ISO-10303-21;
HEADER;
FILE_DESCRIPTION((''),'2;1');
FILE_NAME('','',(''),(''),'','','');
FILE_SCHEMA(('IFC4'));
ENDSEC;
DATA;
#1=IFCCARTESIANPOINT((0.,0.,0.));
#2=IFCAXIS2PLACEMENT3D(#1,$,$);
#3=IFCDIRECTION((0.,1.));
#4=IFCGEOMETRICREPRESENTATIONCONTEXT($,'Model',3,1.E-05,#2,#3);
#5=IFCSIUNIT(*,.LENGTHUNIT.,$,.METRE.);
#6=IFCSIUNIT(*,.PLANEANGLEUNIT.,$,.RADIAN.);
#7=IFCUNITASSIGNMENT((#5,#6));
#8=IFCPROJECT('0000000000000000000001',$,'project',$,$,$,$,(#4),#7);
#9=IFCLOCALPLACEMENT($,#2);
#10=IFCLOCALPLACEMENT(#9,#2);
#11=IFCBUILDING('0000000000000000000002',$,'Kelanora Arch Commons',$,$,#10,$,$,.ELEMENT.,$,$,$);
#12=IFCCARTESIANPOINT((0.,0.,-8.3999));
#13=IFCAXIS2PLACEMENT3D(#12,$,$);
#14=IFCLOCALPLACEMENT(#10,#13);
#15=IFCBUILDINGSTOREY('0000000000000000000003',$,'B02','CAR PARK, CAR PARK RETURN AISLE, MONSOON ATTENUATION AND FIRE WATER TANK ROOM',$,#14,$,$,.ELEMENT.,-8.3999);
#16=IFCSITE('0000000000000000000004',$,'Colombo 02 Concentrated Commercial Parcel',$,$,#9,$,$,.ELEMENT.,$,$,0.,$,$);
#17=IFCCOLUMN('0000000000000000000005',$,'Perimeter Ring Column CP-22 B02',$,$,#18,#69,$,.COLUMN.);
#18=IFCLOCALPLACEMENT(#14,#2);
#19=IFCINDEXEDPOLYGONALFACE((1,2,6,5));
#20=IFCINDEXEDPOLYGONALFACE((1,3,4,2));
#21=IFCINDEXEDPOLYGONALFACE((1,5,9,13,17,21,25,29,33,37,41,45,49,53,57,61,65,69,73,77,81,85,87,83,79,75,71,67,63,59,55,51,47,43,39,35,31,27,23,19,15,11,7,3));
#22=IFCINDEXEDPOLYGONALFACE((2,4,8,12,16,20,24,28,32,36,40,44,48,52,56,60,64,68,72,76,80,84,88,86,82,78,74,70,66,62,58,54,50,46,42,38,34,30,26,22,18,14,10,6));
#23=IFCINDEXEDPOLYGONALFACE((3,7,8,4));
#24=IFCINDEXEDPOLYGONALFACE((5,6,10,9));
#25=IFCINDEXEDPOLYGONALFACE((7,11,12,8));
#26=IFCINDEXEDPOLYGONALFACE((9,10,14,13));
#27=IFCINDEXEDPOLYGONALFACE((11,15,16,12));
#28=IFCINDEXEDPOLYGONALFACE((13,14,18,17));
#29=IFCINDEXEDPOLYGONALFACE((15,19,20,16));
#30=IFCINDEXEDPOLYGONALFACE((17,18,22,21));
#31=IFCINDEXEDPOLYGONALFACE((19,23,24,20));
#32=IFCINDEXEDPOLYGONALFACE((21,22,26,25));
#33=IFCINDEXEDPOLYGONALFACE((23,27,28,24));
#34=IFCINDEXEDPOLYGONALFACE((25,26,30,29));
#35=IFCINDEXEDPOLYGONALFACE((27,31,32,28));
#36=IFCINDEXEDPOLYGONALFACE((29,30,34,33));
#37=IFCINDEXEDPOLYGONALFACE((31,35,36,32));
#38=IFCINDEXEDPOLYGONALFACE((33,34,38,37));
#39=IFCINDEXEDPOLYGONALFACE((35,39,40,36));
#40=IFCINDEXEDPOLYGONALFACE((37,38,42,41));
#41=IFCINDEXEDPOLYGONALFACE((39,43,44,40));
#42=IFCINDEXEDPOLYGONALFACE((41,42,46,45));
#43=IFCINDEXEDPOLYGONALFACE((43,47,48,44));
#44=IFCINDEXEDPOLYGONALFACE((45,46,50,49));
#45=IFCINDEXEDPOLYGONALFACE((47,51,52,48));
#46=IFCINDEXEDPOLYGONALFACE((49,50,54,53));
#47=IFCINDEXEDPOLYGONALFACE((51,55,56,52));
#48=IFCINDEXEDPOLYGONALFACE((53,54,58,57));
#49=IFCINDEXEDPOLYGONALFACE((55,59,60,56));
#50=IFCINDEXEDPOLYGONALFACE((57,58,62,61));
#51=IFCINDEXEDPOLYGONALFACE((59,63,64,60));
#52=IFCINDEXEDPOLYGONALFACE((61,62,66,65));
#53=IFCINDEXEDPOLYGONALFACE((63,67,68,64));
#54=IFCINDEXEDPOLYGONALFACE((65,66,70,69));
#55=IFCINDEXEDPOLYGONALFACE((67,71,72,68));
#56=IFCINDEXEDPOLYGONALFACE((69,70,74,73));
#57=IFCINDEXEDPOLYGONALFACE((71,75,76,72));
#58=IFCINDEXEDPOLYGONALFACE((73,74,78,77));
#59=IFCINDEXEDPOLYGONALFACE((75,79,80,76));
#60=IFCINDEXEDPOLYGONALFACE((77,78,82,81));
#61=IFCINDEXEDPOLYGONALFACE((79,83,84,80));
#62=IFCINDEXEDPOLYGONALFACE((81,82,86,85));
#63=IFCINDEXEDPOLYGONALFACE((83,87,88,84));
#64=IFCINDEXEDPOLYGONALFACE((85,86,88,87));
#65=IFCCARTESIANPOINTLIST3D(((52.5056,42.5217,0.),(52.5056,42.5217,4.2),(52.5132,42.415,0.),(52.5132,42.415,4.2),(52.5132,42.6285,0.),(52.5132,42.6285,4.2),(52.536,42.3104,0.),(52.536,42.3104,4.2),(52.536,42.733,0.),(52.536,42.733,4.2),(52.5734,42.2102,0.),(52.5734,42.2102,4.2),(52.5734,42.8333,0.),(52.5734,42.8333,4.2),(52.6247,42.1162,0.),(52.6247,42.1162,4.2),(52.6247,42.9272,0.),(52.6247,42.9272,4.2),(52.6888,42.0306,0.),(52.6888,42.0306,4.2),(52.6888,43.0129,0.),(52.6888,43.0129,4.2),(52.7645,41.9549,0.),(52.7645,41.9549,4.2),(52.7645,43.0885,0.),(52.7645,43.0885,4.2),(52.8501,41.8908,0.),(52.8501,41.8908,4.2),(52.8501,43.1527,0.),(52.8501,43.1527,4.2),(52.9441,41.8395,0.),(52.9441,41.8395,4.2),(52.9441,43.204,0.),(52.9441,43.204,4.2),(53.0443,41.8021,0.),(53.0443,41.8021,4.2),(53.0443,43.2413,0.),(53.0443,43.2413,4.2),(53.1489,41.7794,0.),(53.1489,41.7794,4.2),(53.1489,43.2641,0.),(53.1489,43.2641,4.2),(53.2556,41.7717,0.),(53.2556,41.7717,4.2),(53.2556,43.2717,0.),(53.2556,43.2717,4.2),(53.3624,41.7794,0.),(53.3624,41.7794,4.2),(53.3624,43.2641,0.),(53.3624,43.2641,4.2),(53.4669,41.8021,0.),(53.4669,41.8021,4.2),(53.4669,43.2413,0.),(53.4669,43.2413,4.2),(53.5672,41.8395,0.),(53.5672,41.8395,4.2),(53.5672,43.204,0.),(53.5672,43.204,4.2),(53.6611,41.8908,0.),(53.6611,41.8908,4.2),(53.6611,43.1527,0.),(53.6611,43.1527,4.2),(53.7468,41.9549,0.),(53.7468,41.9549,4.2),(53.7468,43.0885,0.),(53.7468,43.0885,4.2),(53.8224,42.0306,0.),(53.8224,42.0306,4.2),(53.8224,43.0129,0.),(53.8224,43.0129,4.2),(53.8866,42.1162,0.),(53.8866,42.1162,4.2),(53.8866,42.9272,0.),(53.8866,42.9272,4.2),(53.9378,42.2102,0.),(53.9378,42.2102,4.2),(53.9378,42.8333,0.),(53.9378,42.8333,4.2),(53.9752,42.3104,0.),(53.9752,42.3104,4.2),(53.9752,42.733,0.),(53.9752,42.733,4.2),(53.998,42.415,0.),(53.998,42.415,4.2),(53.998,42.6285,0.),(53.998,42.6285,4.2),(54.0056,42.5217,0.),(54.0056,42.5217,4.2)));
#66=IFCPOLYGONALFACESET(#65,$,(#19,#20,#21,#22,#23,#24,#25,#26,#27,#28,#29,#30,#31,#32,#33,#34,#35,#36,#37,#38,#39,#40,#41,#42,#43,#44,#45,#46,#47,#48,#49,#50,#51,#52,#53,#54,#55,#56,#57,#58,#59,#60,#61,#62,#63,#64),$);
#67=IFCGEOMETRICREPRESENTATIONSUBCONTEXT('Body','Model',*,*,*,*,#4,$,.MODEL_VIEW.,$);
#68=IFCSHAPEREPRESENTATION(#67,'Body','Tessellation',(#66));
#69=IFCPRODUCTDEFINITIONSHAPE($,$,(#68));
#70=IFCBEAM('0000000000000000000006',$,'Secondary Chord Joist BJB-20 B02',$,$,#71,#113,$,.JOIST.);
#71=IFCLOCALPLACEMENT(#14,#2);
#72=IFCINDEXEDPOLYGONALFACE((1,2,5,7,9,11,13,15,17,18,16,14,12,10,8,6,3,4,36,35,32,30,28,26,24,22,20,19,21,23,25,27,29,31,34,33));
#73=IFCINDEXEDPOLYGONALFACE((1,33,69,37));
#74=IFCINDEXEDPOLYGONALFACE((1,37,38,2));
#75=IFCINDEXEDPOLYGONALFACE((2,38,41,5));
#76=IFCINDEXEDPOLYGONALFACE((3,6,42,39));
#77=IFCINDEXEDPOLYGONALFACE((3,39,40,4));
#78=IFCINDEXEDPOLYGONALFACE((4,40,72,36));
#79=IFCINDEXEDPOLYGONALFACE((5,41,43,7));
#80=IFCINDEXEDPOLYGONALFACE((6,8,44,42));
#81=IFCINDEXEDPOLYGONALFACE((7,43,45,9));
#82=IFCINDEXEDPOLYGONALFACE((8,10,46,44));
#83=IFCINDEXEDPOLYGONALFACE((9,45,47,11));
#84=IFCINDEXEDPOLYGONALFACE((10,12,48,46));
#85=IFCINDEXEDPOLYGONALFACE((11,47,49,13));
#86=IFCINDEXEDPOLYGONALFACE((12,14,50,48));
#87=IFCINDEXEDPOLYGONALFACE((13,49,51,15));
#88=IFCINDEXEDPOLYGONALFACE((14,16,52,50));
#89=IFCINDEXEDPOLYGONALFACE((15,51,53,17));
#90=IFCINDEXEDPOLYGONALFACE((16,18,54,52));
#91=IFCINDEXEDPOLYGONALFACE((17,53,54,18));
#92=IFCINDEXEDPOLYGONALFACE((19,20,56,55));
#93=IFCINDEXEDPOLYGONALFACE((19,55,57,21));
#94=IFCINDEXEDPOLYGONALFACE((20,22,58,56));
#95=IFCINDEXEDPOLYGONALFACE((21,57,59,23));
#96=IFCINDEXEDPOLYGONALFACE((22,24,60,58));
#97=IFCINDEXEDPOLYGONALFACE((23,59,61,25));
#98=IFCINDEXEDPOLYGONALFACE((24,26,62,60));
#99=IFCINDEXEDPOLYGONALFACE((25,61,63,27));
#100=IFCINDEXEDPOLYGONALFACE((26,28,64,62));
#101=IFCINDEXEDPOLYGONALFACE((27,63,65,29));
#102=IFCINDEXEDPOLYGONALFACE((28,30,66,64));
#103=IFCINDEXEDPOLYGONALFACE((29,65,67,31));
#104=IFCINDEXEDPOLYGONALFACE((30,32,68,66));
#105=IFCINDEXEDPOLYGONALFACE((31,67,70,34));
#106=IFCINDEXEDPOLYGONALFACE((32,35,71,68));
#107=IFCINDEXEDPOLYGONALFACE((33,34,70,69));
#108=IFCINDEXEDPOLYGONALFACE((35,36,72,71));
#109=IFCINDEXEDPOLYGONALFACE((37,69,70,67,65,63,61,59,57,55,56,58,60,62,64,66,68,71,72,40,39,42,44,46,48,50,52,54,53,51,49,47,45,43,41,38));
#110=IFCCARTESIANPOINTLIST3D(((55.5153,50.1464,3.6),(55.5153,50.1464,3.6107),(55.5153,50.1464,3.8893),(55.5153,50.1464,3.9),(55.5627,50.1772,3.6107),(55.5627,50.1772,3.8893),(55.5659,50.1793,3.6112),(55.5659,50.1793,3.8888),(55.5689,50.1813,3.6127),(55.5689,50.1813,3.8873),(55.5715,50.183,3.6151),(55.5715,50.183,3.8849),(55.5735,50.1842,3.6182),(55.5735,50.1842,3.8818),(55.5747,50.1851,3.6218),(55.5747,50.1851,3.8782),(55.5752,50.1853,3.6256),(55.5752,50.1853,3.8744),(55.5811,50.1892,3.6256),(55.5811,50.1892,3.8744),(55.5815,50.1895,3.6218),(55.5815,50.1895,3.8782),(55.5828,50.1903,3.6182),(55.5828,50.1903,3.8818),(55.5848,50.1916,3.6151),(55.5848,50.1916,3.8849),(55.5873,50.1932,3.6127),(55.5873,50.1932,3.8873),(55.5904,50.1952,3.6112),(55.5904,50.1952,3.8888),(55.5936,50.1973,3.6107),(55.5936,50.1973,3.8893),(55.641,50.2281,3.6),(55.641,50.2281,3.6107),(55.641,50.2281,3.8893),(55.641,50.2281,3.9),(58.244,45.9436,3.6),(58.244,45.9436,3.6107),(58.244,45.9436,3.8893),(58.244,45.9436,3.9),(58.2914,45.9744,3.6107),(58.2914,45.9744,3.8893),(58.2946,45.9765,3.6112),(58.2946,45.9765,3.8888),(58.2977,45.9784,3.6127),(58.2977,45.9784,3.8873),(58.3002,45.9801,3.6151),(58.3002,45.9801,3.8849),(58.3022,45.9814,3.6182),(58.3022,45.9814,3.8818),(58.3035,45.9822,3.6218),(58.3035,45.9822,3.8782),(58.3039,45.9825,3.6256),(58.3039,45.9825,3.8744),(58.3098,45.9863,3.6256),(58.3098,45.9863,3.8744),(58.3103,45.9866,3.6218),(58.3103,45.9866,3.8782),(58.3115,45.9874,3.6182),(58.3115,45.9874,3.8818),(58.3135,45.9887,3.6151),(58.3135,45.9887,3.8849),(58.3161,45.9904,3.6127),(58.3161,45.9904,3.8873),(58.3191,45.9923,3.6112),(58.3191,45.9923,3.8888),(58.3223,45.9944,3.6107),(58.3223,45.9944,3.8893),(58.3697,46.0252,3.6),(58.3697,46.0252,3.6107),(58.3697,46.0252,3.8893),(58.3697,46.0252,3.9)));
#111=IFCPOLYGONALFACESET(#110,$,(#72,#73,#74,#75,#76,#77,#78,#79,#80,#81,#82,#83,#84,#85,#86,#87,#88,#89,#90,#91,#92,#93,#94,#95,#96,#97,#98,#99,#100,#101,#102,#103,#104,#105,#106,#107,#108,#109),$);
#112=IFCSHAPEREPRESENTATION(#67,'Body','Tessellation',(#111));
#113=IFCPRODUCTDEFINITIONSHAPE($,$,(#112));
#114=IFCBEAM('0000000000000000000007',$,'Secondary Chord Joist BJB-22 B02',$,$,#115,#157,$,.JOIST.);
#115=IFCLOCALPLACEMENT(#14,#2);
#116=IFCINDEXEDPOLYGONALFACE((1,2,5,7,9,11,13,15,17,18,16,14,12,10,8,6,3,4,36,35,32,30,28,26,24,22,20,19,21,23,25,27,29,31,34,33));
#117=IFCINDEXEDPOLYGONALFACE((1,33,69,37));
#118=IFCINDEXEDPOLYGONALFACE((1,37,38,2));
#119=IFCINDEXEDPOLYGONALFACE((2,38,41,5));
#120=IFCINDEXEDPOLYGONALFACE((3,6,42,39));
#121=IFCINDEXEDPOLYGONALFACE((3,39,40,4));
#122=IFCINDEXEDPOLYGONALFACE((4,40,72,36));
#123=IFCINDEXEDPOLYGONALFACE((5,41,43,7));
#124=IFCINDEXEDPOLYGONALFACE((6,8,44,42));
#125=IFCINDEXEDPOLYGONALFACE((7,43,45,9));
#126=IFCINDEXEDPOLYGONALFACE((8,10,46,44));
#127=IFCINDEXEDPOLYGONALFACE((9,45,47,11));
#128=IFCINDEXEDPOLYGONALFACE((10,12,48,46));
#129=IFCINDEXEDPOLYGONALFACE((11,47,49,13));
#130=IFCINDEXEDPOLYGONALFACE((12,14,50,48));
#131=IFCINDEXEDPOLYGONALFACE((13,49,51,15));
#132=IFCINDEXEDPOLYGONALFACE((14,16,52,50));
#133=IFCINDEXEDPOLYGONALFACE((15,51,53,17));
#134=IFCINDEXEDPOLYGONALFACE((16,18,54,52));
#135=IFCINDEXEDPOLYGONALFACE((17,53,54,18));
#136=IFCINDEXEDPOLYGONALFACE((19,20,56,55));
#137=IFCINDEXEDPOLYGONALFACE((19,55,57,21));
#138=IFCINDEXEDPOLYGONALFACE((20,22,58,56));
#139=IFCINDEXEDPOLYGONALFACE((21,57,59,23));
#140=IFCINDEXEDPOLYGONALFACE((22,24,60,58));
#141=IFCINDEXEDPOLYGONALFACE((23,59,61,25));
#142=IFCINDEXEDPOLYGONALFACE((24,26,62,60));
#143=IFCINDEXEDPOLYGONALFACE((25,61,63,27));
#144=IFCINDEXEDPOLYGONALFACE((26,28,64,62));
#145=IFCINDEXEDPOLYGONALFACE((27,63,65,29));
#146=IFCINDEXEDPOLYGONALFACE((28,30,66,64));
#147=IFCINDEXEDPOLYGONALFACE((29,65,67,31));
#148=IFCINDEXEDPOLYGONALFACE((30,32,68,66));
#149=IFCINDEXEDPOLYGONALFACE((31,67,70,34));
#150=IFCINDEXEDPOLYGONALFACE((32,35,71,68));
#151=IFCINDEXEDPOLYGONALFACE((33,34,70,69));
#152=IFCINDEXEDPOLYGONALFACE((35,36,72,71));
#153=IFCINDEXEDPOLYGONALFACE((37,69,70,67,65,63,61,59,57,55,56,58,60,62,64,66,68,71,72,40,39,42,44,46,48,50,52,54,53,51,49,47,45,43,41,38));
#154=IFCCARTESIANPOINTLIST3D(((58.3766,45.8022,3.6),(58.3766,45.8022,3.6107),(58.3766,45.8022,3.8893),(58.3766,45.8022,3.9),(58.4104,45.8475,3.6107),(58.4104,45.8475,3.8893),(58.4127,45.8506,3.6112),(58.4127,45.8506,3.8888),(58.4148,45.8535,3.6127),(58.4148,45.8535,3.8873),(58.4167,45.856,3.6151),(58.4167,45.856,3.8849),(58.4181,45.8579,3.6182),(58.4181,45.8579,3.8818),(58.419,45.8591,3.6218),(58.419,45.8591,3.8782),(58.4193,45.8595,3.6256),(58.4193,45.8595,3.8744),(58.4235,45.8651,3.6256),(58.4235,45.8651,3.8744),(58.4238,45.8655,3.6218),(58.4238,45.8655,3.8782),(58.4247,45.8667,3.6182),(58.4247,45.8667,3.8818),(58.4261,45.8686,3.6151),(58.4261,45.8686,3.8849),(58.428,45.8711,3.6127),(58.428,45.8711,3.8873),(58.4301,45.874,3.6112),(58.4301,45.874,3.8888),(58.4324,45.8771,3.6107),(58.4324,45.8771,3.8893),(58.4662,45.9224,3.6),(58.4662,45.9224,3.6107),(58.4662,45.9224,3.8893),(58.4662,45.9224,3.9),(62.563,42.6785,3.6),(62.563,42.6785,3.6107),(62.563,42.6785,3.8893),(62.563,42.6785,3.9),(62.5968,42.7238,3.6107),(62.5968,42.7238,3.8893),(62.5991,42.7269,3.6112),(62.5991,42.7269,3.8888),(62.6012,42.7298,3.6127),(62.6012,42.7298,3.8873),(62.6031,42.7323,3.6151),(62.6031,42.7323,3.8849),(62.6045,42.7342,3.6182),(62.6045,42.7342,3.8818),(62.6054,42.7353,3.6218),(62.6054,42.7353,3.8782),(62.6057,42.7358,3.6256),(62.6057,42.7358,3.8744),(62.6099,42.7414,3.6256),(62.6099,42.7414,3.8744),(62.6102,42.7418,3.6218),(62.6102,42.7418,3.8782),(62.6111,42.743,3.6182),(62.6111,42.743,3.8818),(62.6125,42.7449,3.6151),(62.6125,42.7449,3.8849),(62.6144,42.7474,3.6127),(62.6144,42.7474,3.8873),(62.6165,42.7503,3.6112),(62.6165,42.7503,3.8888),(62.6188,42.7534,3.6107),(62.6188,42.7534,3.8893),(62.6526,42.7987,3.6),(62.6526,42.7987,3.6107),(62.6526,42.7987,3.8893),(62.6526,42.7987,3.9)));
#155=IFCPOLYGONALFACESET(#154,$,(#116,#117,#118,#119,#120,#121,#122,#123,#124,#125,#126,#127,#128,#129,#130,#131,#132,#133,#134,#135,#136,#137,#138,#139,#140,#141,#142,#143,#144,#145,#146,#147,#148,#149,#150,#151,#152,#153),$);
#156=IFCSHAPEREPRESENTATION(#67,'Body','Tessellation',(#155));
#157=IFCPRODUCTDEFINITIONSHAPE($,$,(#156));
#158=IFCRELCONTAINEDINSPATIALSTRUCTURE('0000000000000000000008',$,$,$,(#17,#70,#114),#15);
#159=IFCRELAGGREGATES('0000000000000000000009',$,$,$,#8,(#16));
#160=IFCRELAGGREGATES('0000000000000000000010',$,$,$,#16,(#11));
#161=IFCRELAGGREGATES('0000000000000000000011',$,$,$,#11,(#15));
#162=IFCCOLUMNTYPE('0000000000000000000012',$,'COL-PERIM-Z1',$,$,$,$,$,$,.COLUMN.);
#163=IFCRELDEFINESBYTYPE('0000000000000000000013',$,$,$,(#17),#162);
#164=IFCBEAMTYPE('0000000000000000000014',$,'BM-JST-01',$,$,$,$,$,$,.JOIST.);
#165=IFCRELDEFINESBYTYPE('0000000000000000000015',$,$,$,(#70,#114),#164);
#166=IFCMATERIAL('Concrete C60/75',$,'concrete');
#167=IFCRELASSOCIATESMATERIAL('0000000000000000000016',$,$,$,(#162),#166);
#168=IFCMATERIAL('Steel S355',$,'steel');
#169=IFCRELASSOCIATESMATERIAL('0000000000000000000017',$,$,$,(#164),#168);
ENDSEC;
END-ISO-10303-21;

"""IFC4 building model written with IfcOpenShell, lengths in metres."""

from ifc_helpers import new_model, si_unit, direction, frame, origin, origin_2d, place, context, subcontext, project, spatial, circle, i_section, extrude, material, material_profile, profile_set, type_object, element, save


model = new_model("IFC4")

# Units and contexts
model_context = context("Model", 3, precision=1e-05, world=origin(), true_north=direction((0.0, 1.0)))
body_context = subcontext(model_context, "Body", "Model", "MODEL_VIEW")
ifc_project = project(units=[si_unit("LENGTHUNIT", "METRE"), si_unit("PLANEANGLEUNIT", "RADIAN")], contexts=[model_context])

# Site, building, storey
site_placement = place(None, origin())
site = spatial("IfcSite", under=ifc_project, at=site_placement, Name="Colombo 02 Concentrated Commercial Parcel", CompositionType="ELEMENT", RefElevation=0.0)
building_placement = place(site_placement, origin())
building = spatial("IfcBuilding", under=site, at=building_placement, Name="Kelanora Arch Commons", CompositionType="ELEMENT")
storey_placement = place(building_placement, frame((0.0, 0.0, -8.3999)))
storey = spatial("IfcBuildingStorey", under=building, at=storey_placement, Name="B02", Description="CAR PARK, CAR PARK RETURN AISLE, MONSOON ATTENUATION AND FIRE WATER TANK ROOM", CompositionType="ELEMENT", Elevation=-8.3999)

# Column
ifc_material_1 = material(Name="Concrete C60/75", Category="concrete")
ifc_material_profile_1 = material_profile(ifc_material_1, circle(Radius=0.75, at=origin_2d()), Name="RCC1500")
ifc_profile_set_1 = profile_set([ifc_material_profile_1], Name="Concrete C60/75")
column_type = type_object("IfcColumnType", Name="COL-PERIM-Z1", PredefinedType="COLUMN", material=ifc_profile_set_1)
for number, where, z_axis, x_axis, name in (
    (1, (53.2556, 42.5217, 0.0), (0.0, 0.0, 1.0), (1.0, 0.0, 0.0), "Perimeter Ring Column CP-22 B02"),
):
    element("IfcColumn", number, at=place(storey_placement, frame(where, z_axis=z_axis, x_axis=x_axis)), inside=storey, type_object=column_type, Name=name, PredefinedType="COLUMN", context=body_context, shape_type="SweptSolid", body=[
        extrude(circle(Radius=0.75, at=origin_2d()), origin(), (0.0, 0.0, 1.0), 4.2),
    ])

# Beams
ifc_material_2 = material(Name="Steel S355", Category="steel")
ifc_material_profile_2 = material_profile(ifc_material_2, i_section(OverallWidth=0.1499, OverallDepth=0.3, WebThickness=0.0071, FlangeThickness=0.0107, FilletRadius=0.0149, at=origin_2d()), Name="IPE300")
ifc_profile_set_2 = profile_set([ifc_material_profile_2], Name="Steel S355")
beam_type_1 = type_object("IfcBeamType", Name="BM-JST-01", PredefinedType="JOIST", material=ifc_profile_set_2)
beam_1_placement = place(storey_placement, frame((55.5781, 50.1873, 3.75), z_axis=(0.544552, -0.838727, 0.0), x_axis=(0.838727, 0.544552, 0.0)))
element("IfcBeam", 2, at=beam_1_placement, inside=storey, type_object=beam_type_1, Name="Secondary Chord Joist BJB-20 B02", PredefinedType="JOIST", context=body_context, shape_type="SweptSolid", body=[
    extrude(i_section(OverallWidth=0.1499, OverallDepth=0.3, WebThickness=0.0071, FlangeThickness=0.0107, FilletRadius=0.0149, at=origin_2d()), origin(), (0.0, 0.0, 1.0), 5.011),
])
beam_2_placement = place(storey_placement, frame((58.4214, 45.8623, 3.75), z_axis=(0.801478, -0.598024, 0.0), x_axis=(0.598024, 0.801478, 0.0)))
element("IfcBeam", 3, at=beam_2_placement, inside=storey, type_object=beam_type_1, Name="Secondary Chord Joist BJB-22 B02", PredefinedType="JOIST", context=body_context, shape_type="SweptSolid", body=[
    extrude(i_section(OverallWidth=0.1499, OverallDepth=0.3, WebThickness=0.0071, FlangeThickness=0.0107, FilletRadius=0.0149, at=origin_2d()), origin(), (0.0, 0.0, 1.0), 5.2234),
])

save(model, "model.ifc")
